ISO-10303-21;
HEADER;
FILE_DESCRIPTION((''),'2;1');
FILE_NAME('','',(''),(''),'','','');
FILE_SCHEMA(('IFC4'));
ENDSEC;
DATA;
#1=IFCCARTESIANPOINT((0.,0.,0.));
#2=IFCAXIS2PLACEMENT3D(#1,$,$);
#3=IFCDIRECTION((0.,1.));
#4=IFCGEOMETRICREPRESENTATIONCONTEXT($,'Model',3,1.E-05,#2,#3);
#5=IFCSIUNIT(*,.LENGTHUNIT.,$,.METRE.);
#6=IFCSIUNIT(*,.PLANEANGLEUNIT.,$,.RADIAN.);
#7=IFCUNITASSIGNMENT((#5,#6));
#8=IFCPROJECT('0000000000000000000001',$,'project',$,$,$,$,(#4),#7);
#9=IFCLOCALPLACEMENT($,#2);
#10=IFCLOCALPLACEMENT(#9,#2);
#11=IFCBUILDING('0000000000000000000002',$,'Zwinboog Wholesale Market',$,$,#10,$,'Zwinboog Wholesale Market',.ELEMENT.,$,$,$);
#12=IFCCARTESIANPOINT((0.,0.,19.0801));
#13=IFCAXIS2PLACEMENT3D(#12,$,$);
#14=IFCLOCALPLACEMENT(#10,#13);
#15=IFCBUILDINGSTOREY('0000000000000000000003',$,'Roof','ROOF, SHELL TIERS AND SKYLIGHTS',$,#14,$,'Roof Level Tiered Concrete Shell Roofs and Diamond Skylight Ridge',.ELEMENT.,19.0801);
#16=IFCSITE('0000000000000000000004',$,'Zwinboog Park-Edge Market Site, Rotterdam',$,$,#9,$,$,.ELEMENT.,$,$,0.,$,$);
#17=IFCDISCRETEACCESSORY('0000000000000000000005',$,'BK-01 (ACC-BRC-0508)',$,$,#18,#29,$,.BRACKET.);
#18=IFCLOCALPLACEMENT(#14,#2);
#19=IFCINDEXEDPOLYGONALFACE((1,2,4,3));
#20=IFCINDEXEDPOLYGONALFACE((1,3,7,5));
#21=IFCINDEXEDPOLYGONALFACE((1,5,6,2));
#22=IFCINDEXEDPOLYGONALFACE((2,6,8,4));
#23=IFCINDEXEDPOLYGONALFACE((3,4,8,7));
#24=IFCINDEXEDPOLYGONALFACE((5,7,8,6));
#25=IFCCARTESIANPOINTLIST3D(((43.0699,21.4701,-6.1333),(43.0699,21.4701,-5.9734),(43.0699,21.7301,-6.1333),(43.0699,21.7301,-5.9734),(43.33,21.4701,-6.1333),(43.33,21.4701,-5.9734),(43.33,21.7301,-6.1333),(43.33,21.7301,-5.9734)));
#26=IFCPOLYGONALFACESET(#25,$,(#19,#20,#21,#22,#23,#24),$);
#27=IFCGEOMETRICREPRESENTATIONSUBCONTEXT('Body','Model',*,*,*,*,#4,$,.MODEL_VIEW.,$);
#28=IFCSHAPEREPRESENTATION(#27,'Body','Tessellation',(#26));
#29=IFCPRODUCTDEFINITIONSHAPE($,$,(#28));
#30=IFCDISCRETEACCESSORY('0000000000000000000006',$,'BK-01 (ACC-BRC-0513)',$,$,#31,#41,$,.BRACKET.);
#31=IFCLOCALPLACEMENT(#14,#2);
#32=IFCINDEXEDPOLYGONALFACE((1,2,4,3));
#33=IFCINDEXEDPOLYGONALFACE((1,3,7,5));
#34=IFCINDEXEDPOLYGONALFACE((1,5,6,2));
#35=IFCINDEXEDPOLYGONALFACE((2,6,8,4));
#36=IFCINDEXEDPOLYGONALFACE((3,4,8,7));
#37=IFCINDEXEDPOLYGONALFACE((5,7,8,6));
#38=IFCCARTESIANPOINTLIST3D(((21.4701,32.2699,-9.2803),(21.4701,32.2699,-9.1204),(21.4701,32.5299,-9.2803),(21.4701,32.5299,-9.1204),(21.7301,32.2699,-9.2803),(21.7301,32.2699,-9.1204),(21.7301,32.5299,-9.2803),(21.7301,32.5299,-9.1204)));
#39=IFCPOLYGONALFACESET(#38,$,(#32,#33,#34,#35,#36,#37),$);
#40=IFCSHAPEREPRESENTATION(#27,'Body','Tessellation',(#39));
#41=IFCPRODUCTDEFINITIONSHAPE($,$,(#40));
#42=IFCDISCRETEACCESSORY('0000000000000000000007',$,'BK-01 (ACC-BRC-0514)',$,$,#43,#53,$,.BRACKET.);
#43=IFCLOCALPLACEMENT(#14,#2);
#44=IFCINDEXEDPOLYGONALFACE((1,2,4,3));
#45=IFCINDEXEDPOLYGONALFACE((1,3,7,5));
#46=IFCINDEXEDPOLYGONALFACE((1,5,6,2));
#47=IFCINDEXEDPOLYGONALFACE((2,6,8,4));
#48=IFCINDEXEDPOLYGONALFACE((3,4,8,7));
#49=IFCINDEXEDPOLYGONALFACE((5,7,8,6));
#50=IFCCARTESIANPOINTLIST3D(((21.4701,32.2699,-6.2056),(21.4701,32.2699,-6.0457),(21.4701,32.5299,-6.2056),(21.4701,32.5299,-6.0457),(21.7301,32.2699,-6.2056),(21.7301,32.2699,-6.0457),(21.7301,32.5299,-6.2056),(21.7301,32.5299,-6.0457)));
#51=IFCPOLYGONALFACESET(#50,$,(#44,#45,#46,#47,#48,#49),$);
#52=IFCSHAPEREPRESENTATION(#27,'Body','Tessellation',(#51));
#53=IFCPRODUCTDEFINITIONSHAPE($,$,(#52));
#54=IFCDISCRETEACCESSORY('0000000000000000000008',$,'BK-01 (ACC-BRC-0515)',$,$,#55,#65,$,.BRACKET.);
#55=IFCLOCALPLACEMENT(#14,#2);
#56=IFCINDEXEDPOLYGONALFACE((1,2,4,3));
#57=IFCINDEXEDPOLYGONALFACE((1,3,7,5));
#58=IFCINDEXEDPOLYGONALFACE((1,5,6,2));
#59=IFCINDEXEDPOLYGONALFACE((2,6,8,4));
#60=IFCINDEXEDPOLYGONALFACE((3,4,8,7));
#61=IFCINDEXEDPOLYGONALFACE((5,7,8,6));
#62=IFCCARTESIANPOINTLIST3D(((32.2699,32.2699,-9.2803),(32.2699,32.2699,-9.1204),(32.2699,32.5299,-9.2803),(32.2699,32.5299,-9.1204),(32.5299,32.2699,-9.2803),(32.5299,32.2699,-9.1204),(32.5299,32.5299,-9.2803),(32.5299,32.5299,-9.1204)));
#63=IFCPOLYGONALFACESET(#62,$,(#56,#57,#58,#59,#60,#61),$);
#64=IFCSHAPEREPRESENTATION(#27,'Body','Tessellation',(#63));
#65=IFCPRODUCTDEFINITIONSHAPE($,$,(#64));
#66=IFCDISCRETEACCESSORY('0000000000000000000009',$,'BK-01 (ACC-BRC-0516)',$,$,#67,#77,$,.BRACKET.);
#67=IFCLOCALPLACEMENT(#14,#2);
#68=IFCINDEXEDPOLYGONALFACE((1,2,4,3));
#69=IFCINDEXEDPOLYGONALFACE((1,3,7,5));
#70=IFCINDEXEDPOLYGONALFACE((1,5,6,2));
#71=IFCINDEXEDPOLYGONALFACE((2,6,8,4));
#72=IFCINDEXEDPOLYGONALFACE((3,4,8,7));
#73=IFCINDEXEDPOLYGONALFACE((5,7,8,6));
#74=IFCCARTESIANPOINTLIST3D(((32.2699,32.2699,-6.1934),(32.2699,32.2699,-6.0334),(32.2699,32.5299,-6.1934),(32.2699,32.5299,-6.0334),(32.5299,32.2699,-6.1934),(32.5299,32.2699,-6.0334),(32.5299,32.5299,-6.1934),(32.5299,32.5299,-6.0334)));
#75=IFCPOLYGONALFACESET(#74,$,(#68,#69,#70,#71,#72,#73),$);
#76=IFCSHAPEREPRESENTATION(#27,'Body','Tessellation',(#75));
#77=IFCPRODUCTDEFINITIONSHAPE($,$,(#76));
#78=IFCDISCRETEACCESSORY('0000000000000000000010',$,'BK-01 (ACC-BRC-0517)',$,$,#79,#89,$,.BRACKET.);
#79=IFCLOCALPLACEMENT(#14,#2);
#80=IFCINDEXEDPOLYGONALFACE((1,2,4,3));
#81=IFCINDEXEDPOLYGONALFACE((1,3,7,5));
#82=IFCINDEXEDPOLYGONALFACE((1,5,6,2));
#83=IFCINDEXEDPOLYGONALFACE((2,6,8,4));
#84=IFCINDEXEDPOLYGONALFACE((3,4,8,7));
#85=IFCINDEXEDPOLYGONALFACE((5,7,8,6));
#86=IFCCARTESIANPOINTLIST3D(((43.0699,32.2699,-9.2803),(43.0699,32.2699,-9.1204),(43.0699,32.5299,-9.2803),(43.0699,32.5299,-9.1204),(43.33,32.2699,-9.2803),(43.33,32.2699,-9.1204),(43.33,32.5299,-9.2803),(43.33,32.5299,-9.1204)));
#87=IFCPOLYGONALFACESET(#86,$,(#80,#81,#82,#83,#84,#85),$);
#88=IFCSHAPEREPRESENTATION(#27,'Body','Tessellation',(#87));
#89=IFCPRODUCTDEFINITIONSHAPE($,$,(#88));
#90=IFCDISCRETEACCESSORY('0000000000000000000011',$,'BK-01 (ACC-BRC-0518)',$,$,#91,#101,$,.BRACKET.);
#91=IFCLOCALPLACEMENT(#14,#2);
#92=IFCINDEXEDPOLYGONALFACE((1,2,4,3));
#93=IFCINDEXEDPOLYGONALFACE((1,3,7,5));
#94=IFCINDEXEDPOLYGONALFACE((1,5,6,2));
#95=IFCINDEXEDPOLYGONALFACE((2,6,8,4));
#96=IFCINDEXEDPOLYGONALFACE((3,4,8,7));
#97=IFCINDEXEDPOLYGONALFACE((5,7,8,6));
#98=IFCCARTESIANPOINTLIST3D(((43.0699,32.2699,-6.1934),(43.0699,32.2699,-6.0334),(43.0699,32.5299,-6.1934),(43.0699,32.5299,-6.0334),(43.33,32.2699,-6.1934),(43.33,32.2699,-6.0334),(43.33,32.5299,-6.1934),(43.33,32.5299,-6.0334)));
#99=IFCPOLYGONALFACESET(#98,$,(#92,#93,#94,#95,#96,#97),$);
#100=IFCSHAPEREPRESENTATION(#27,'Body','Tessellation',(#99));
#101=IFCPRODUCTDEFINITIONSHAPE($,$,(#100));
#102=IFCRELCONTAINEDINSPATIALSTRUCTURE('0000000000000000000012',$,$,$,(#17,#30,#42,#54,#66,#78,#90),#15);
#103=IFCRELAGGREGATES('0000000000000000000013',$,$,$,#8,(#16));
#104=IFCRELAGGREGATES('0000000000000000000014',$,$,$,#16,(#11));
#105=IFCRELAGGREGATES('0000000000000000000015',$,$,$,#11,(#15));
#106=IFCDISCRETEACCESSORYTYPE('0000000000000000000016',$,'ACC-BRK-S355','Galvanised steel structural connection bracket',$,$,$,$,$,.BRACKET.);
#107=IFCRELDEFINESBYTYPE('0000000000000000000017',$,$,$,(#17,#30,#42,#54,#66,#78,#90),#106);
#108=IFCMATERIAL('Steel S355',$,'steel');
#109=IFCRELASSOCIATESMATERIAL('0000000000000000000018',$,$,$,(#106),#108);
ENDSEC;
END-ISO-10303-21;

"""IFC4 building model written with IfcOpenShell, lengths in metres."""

from ifc_helpers import new_model, si_unit, direction, frame, origin, origin_2d, place, context, subcontext, project, spatial, rectangle, extrude, material, type_object, element, save


model = new_model("IFC4")

# Units and contexts
model_context = context("Model", 3, precision=1e-05, world=origin(), true_north=direction((0.0, 1.0)))
body_context = subcontext(model_context, "Body", "Model", "MODEL_VIEW")
ifc_project = project(units=[si_unit("LENGTHUNIT", "METRE"), si_unit("PLANEANGLEUNIT", "RADIAN")], contexts=[model_context])

# Site, building, storey
site_placement = place(None, origin())
site = spatial("IfcSite", under=ifc_project, at=site_placement, Name="Zwinboog Park-Edge Market Site, Rotterdam", CompositionType="ELEMENT", RefElevation=0.0)
building_placement = place(site_placement, origin())
building = spatial("IfcBuilding", under=site, at=building_placement, Name="Zwinboog Wholesale Market", LongName="Zwinboog Wholesale Market", CompositionType="ELEMENT")
storey_placement = place(building_placement, frame((0.0, 0.0, 19.0801)))
storey = spatial("IfcBuildingStorey", under=building, at=storey_placement, Name="Roof", Description="ROOF, SHELL TIERS AND SKYLIGHTS", LongName="Roof Level Tiered Concrete Shell Roofs and Diamond Skylight Ridge", CompositionType="ELEMENT", Elevation=19.0801)

# Shared definitions
ifc_material_1 = material(Name="Steel S355", Category="steel")

# Discrete accessories
discrete_accessory_type = type_object("IfcDiscreteAccessoryType", Name="ACC-BRK-S355", Description="Galvanised steel structural connection bracket", PredefinedType="BRACKET", material=ifc_material_1)
for number, where, z_axis, x_axis, name in (
    (1, (43.2, 21.6001, -6.1333), (0.0, 0.0, 1.0), (1.0, 0.0, 0.0), "BK-01 (ACC-BRC-0508)"),
    (2, (21.6001, 32.3999, -9.2803), (0.0, 0.0, 1.0), (1.0, 0.0, 0.0), "BK-01 (ACC-BRC-0513)"),
    (3, (21.6001, 32.3999, -6.2056), (0.0, 0.0, 1.0), (1.0, 0.0, 0.0), "BK-01 (ACC-BRC-0514)"),
    (4, (32.3999, 32.3999, -9.2803), (0.0, 0.0, 1.0), (1.0, 0.0, 0.0), "BK-01 (ACC-BRC-0515)"),
    (5, (32.3999, 32.3999, -6.1934), (0.0, 0.0, 1.0), (1.0, 0.0, 0.0), "BK-01 (ACC-BRC-0516)"),
    (6, (43.2, 32.3999, -9.2803), (0.0, 0.0, 1.0), (1.0, 0.0, 0.0), "BK-01 (ACC-BRC-0517)"),
    (7, (43.2, 32.3999, -6.1934), (0.0, 0.0, 1.0), (1.0, 0.0, 0.0), "BK-01 (ACC-BRC-0518)"),
):
    element("IfcDiscreteAccessory", number, at=place(storey_placement, frame(where, z_axis=z_axis, x_axis=x_axis)), inside=storey, type_object=discrete_accessory_type, Name=name, PredefinedType="BRACKET", context=body_context, shape_type="SweptSolid", body=[
        extrude(rectangle(XDim=0.26, YDim=0.26, at=origin_2d()), origin(), (0.0, 0.0, 1.0), 0.1599),
    ])

save(model, "model.ifc")
